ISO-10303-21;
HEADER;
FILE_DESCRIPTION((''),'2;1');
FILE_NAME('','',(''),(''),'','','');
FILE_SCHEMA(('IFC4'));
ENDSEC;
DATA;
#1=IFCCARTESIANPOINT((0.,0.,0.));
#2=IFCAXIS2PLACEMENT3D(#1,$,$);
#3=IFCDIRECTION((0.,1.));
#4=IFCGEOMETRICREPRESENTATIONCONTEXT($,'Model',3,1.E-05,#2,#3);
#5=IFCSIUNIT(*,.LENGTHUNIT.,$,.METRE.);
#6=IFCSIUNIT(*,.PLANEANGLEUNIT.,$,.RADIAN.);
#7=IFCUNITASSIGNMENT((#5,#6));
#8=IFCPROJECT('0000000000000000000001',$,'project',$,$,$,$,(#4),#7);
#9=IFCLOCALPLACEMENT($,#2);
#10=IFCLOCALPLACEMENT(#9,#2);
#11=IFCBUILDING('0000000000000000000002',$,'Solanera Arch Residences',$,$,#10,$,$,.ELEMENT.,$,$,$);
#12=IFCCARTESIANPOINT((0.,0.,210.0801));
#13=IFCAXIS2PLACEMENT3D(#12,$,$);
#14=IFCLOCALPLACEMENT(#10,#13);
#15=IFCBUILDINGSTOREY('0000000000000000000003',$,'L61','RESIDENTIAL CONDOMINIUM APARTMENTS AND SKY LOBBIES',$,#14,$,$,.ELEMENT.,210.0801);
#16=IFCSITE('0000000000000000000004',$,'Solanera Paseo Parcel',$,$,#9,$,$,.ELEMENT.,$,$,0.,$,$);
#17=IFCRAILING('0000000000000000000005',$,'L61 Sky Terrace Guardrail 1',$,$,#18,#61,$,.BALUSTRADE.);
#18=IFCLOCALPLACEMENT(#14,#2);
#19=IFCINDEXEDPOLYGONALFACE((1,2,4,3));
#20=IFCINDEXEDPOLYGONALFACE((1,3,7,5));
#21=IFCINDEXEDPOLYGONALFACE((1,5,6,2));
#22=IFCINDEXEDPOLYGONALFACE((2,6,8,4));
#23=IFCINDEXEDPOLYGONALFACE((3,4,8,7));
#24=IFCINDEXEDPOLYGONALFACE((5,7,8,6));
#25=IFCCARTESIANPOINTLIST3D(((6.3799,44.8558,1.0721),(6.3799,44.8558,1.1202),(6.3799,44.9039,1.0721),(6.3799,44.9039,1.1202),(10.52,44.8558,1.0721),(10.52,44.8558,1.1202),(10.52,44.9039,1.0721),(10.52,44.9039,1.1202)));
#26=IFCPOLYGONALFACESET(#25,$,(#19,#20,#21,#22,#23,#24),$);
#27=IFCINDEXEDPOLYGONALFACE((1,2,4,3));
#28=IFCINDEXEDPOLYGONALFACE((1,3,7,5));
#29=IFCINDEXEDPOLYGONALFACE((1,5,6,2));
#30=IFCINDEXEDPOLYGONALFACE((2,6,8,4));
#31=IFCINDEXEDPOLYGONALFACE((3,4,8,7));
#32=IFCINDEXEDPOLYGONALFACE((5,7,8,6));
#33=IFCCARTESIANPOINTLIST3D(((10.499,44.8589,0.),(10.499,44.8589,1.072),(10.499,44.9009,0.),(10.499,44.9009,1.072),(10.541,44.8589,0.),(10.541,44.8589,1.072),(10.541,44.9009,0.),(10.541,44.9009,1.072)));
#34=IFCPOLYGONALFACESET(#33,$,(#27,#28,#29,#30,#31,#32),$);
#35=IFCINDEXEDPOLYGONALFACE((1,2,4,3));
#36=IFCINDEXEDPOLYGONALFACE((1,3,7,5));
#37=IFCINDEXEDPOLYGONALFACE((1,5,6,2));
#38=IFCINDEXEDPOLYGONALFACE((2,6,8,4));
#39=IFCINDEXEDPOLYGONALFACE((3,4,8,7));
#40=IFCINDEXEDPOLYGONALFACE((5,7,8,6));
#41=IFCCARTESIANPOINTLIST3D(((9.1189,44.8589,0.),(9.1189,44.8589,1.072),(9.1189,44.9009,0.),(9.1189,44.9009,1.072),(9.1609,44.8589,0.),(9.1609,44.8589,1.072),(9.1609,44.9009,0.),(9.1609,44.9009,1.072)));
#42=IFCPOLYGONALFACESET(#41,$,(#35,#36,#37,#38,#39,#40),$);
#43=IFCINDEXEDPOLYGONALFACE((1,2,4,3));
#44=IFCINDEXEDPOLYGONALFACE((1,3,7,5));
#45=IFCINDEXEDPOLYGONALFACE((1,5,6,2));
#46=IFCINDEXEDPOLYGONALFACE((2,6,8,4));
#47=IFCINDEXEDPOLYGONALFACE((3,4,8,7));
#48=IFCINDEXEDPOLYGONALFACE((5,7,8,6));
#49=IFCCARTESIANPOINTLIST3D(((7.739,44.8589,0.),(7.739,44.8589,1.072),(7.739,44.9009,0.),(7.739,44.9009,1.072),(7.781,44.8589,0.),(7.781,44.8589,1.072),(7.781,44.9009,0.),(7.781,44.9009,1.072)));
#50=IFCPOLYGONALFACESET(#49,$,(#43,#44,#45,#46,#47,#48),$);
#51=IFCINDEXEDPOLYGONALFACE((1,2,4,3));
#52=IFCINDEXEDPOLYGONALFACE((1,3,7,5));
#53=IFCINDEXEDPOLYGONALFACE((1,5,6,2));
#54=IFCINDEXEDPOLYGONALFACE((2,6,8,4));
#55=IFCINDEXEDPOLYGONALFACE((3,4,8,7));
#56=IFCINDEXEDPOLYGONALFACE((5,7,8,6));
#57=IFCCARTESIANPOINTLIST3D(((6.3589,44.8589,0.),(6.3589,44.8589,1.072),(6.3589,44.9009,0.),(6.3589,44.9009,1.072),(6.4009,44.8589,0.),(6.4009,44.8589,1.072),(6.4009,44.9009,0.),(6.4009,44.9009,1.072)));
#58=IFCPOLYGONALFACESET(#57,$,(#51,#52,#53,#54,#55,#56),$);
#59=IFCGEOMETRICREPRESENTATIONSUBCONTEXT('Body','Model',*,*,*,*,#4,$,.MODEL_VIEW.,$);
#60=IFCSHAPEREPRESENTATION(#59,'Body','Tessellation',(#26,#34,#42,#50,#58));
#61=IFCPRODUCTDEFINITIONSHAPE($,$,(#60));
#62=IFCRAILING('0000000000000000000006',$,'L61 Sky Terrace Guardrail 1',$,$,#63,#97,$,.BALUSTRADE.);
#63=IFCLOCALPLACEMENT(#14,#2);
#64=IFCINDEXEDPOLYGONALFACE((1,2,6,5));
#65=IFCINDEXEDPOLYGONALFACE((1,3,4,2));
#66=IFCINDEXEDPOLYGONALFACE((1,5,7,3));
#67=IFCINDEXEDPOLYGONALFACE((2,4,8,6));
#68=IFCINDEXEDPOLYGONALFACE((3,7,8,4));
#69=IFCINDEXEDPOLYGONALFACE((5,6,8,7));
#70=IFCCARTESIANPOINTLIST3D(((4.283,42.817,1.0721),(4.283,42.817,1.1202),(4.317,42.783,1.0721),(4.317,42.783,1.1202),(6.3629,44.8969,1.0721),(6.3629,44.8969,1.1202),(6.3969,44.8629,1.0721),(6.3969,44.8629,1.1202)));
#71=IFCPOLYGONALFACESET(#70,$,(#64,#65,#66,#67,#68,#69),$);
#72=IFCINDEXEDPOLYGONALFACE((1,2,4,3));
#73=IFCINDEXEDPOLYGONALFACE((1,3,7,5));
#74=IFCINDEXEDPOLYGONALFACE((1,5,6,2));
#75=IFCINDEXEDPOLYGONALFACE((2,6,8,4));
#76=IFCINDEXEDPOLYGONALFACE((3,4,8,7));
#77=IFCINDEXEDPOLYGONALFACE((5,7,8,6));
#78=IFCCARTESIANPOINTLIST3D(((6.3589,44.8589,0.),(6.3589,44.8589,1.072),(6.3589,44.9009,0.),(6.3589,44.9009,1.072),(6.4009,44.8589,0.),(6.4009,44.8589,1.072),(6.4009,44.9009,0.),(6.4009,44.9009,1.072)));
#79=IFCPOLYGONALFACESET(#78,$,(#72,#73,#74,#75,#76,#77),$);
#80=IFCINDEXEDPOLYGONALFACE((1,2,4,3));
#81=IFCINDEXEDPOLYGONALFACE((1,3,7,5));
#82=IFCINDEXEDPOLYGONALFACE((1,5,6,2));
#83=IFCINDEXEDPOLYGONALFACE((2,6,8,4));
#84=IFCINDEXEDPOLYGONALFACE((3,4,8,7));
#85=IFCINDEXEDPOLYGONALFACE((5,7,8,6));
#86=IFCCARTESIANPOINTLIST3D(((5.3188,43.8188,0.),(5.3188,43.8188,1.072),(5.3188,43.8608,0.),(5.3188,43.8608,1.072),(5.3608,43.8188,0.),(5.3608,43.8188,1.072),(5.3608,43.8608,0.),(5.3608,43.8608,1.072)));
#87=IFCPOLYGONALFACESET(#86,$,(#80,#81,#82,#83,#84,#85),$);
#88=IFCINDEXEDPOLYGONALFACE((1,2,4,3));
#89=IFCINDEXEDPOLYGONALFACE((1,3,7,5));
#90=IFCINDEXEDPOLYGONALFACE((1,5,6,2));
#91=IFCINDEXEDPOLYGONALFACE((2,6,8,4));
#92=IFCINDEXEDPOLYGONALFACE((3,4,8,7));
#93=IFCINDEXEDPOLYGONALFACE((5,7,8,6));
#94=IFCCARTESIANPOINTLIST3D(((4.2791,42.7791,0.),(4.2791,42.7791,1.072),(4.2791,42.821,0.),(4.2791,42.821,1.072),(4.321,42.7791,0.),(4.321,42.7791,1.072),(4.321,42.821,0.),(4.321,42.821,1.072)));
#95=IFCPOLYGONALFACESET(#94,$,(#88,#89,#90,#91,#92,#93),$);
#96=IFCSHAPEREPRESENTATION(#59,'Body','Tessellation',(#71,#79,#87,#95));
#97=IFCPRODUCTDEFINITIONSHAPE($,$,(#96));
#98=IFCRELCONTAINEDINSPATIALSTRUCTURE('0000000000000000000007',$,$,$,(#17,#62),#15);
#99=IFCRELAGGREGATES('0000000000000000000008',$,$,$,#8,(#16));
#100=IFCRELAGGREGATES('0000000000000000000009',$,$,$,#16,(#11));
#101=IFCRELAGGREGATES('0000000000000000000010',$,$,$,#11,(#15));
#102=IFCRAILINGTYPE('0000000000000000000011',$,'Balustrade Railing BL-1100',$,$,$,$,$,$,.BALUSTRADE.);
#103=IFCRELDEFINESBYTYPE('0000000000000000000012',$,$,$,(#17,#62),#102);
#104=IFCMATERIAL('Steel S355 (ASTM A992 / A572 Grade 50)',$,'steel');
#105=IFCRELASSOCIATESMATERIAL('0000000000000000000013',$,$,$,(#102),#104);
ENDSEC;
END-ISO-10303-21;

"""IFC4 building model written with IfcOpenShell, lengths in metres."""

from ifc_helpers import new_model, si_unit, direction, frame, origin, origin_2d, place, context, subcontext, project, spatial, rectangle, extrude, material, type_object, element, save


model = new_model("IFC4")

# Units and contexts
model_context = context("Model", 3, precision=1e-05, world=origin(), true_north=direction((0.0, 1.0)))
body_context = subcontext(model_context, "Body", "Model", "MODEL_VIEW")
ifc_project = project(units=[si_unit("LENGTHUNIT", "METRE"), si_unit("PLANEANGLEUNIT", "RADIAN")], contexts=[model_context])

# Site, building, storey
site_placement = place(None, origin())
site = spatial("IfcSite", under=ifc_project, at=site_placement, Name="Solanera Paseo Parcel", CompositionType="ELEMENT", RefElevation=0.0)
building_placement = place(site_placement, origin())
building = spatial("IfcBuilding", under=site, at=building_placement, Name="Solanera Arch Residences", CompositionType="ELEMENT")
storey_placement = place(building_placement, frame((0.0, 0.0, 210.0801)))
storey = spatial("IfcBuildingStorey", under=building, at=storey_placement, Name="L61", Description="RESIDENTIAL CONDOMINIUM APARTMENTS AND SKY LOBBIES", CompositionType="ELEMENT", Elevation=210.0801)

# Railings
ifc_material_1 = material(Name="Steel S355 (ASTM A992 / A572 Grade 50)", Category="steel")
railing_type = type_object("IfcRailingType", Name="Balustrade Railing BL-1100", PredefinedType="BALUSTRADE", material=ifc_material_1)
railing_1_placement = place(storey_placement, frame((10.52, 44.8799, 0.0)))
element("IfcRailing", 1, at=railing_1_placement, inside=storey, type_object=railing_type, Name="L61 Sky Terrace Guardrail 1", PredefinedType="BALUSTRADE", context=body_context, shape_type="SweptSolid", body=[
    extrude(rectangle(XDim=0.0481, YDim=0.0481, at=origin_2d()), frame((0.0, 0.0, 1.0962), z_axis=(-1.0, 0.0, 0.0), x_axis=(0.0, -1.0, 0.0)), (0.0, 0.0, 1.0), 4.1401),
    extrude(rectangle(XDim=0.042, YDim=0.042, at=origin_2d()), origin(), (0.0, 0.0, 1.0), 1.072),
    extrude(rectangle(XDim=0.042, YDim=0.042, at=origin_2d()), frame((-1.3801, 0.0, 0.0)), (0.0, 0.0, 1.0), 1.072),
    extrude(rectangle(XDim=0.042, YDim=0.042, at=origin_2d()), frame((-2.76, 0.0, 0.0)), (0.0, 0.0, 1.0), 1.072),
    extrude(rectangle(XDim=0.042, YDim=0.042, at=origin_2d()), frame((-4.1401, 0.0, 0.0)), (0.0, 0.0, 1.0), 1.072),
])
railing_2_placement = place(storey_placement, frame((6.3799, 44.8799, 0.0)))
element("IfcRailing", 2, at=railing_2_placement, inside=storey, type_object=railing_type, Name="L61 Sky Terrace Guardrail 1", PredefinedType="BALUSTRADE", context=body_context, shape_type="SweptSolid", body=[
    extrude(rectangle(XDim=0.0481, YDim=0.0481, at=origin_2d()), frame((0.0, 0.0, 1.0962), z_axis=(-0.707107, -0.707107, 0.0), x_axis=(0.707107, -0.707107, 0.0)), (0.0, 0.0, 1.0), 2.9414),
    extrude(rectangle(XDim=0.042, YDim=0.042, at=origin_2d()), origin(), (0.0, 0.0, 1.0), 1.072),
    extrude(rectangle(XDim=0.042, YDim=0.042, at=origin_2d()), frame((-1.04, -1.04, 0.0)), (0.0, 0.0, 1.0), 1.072),
    extrude(rectangle(XDim=0.042, YDim=0.042, at=origin_2d()), frame((-2.0798, -2.0798, 0.0)), (0.0, 0.0, 1.0), 1.072),
])

save(model, "model.ifc")
